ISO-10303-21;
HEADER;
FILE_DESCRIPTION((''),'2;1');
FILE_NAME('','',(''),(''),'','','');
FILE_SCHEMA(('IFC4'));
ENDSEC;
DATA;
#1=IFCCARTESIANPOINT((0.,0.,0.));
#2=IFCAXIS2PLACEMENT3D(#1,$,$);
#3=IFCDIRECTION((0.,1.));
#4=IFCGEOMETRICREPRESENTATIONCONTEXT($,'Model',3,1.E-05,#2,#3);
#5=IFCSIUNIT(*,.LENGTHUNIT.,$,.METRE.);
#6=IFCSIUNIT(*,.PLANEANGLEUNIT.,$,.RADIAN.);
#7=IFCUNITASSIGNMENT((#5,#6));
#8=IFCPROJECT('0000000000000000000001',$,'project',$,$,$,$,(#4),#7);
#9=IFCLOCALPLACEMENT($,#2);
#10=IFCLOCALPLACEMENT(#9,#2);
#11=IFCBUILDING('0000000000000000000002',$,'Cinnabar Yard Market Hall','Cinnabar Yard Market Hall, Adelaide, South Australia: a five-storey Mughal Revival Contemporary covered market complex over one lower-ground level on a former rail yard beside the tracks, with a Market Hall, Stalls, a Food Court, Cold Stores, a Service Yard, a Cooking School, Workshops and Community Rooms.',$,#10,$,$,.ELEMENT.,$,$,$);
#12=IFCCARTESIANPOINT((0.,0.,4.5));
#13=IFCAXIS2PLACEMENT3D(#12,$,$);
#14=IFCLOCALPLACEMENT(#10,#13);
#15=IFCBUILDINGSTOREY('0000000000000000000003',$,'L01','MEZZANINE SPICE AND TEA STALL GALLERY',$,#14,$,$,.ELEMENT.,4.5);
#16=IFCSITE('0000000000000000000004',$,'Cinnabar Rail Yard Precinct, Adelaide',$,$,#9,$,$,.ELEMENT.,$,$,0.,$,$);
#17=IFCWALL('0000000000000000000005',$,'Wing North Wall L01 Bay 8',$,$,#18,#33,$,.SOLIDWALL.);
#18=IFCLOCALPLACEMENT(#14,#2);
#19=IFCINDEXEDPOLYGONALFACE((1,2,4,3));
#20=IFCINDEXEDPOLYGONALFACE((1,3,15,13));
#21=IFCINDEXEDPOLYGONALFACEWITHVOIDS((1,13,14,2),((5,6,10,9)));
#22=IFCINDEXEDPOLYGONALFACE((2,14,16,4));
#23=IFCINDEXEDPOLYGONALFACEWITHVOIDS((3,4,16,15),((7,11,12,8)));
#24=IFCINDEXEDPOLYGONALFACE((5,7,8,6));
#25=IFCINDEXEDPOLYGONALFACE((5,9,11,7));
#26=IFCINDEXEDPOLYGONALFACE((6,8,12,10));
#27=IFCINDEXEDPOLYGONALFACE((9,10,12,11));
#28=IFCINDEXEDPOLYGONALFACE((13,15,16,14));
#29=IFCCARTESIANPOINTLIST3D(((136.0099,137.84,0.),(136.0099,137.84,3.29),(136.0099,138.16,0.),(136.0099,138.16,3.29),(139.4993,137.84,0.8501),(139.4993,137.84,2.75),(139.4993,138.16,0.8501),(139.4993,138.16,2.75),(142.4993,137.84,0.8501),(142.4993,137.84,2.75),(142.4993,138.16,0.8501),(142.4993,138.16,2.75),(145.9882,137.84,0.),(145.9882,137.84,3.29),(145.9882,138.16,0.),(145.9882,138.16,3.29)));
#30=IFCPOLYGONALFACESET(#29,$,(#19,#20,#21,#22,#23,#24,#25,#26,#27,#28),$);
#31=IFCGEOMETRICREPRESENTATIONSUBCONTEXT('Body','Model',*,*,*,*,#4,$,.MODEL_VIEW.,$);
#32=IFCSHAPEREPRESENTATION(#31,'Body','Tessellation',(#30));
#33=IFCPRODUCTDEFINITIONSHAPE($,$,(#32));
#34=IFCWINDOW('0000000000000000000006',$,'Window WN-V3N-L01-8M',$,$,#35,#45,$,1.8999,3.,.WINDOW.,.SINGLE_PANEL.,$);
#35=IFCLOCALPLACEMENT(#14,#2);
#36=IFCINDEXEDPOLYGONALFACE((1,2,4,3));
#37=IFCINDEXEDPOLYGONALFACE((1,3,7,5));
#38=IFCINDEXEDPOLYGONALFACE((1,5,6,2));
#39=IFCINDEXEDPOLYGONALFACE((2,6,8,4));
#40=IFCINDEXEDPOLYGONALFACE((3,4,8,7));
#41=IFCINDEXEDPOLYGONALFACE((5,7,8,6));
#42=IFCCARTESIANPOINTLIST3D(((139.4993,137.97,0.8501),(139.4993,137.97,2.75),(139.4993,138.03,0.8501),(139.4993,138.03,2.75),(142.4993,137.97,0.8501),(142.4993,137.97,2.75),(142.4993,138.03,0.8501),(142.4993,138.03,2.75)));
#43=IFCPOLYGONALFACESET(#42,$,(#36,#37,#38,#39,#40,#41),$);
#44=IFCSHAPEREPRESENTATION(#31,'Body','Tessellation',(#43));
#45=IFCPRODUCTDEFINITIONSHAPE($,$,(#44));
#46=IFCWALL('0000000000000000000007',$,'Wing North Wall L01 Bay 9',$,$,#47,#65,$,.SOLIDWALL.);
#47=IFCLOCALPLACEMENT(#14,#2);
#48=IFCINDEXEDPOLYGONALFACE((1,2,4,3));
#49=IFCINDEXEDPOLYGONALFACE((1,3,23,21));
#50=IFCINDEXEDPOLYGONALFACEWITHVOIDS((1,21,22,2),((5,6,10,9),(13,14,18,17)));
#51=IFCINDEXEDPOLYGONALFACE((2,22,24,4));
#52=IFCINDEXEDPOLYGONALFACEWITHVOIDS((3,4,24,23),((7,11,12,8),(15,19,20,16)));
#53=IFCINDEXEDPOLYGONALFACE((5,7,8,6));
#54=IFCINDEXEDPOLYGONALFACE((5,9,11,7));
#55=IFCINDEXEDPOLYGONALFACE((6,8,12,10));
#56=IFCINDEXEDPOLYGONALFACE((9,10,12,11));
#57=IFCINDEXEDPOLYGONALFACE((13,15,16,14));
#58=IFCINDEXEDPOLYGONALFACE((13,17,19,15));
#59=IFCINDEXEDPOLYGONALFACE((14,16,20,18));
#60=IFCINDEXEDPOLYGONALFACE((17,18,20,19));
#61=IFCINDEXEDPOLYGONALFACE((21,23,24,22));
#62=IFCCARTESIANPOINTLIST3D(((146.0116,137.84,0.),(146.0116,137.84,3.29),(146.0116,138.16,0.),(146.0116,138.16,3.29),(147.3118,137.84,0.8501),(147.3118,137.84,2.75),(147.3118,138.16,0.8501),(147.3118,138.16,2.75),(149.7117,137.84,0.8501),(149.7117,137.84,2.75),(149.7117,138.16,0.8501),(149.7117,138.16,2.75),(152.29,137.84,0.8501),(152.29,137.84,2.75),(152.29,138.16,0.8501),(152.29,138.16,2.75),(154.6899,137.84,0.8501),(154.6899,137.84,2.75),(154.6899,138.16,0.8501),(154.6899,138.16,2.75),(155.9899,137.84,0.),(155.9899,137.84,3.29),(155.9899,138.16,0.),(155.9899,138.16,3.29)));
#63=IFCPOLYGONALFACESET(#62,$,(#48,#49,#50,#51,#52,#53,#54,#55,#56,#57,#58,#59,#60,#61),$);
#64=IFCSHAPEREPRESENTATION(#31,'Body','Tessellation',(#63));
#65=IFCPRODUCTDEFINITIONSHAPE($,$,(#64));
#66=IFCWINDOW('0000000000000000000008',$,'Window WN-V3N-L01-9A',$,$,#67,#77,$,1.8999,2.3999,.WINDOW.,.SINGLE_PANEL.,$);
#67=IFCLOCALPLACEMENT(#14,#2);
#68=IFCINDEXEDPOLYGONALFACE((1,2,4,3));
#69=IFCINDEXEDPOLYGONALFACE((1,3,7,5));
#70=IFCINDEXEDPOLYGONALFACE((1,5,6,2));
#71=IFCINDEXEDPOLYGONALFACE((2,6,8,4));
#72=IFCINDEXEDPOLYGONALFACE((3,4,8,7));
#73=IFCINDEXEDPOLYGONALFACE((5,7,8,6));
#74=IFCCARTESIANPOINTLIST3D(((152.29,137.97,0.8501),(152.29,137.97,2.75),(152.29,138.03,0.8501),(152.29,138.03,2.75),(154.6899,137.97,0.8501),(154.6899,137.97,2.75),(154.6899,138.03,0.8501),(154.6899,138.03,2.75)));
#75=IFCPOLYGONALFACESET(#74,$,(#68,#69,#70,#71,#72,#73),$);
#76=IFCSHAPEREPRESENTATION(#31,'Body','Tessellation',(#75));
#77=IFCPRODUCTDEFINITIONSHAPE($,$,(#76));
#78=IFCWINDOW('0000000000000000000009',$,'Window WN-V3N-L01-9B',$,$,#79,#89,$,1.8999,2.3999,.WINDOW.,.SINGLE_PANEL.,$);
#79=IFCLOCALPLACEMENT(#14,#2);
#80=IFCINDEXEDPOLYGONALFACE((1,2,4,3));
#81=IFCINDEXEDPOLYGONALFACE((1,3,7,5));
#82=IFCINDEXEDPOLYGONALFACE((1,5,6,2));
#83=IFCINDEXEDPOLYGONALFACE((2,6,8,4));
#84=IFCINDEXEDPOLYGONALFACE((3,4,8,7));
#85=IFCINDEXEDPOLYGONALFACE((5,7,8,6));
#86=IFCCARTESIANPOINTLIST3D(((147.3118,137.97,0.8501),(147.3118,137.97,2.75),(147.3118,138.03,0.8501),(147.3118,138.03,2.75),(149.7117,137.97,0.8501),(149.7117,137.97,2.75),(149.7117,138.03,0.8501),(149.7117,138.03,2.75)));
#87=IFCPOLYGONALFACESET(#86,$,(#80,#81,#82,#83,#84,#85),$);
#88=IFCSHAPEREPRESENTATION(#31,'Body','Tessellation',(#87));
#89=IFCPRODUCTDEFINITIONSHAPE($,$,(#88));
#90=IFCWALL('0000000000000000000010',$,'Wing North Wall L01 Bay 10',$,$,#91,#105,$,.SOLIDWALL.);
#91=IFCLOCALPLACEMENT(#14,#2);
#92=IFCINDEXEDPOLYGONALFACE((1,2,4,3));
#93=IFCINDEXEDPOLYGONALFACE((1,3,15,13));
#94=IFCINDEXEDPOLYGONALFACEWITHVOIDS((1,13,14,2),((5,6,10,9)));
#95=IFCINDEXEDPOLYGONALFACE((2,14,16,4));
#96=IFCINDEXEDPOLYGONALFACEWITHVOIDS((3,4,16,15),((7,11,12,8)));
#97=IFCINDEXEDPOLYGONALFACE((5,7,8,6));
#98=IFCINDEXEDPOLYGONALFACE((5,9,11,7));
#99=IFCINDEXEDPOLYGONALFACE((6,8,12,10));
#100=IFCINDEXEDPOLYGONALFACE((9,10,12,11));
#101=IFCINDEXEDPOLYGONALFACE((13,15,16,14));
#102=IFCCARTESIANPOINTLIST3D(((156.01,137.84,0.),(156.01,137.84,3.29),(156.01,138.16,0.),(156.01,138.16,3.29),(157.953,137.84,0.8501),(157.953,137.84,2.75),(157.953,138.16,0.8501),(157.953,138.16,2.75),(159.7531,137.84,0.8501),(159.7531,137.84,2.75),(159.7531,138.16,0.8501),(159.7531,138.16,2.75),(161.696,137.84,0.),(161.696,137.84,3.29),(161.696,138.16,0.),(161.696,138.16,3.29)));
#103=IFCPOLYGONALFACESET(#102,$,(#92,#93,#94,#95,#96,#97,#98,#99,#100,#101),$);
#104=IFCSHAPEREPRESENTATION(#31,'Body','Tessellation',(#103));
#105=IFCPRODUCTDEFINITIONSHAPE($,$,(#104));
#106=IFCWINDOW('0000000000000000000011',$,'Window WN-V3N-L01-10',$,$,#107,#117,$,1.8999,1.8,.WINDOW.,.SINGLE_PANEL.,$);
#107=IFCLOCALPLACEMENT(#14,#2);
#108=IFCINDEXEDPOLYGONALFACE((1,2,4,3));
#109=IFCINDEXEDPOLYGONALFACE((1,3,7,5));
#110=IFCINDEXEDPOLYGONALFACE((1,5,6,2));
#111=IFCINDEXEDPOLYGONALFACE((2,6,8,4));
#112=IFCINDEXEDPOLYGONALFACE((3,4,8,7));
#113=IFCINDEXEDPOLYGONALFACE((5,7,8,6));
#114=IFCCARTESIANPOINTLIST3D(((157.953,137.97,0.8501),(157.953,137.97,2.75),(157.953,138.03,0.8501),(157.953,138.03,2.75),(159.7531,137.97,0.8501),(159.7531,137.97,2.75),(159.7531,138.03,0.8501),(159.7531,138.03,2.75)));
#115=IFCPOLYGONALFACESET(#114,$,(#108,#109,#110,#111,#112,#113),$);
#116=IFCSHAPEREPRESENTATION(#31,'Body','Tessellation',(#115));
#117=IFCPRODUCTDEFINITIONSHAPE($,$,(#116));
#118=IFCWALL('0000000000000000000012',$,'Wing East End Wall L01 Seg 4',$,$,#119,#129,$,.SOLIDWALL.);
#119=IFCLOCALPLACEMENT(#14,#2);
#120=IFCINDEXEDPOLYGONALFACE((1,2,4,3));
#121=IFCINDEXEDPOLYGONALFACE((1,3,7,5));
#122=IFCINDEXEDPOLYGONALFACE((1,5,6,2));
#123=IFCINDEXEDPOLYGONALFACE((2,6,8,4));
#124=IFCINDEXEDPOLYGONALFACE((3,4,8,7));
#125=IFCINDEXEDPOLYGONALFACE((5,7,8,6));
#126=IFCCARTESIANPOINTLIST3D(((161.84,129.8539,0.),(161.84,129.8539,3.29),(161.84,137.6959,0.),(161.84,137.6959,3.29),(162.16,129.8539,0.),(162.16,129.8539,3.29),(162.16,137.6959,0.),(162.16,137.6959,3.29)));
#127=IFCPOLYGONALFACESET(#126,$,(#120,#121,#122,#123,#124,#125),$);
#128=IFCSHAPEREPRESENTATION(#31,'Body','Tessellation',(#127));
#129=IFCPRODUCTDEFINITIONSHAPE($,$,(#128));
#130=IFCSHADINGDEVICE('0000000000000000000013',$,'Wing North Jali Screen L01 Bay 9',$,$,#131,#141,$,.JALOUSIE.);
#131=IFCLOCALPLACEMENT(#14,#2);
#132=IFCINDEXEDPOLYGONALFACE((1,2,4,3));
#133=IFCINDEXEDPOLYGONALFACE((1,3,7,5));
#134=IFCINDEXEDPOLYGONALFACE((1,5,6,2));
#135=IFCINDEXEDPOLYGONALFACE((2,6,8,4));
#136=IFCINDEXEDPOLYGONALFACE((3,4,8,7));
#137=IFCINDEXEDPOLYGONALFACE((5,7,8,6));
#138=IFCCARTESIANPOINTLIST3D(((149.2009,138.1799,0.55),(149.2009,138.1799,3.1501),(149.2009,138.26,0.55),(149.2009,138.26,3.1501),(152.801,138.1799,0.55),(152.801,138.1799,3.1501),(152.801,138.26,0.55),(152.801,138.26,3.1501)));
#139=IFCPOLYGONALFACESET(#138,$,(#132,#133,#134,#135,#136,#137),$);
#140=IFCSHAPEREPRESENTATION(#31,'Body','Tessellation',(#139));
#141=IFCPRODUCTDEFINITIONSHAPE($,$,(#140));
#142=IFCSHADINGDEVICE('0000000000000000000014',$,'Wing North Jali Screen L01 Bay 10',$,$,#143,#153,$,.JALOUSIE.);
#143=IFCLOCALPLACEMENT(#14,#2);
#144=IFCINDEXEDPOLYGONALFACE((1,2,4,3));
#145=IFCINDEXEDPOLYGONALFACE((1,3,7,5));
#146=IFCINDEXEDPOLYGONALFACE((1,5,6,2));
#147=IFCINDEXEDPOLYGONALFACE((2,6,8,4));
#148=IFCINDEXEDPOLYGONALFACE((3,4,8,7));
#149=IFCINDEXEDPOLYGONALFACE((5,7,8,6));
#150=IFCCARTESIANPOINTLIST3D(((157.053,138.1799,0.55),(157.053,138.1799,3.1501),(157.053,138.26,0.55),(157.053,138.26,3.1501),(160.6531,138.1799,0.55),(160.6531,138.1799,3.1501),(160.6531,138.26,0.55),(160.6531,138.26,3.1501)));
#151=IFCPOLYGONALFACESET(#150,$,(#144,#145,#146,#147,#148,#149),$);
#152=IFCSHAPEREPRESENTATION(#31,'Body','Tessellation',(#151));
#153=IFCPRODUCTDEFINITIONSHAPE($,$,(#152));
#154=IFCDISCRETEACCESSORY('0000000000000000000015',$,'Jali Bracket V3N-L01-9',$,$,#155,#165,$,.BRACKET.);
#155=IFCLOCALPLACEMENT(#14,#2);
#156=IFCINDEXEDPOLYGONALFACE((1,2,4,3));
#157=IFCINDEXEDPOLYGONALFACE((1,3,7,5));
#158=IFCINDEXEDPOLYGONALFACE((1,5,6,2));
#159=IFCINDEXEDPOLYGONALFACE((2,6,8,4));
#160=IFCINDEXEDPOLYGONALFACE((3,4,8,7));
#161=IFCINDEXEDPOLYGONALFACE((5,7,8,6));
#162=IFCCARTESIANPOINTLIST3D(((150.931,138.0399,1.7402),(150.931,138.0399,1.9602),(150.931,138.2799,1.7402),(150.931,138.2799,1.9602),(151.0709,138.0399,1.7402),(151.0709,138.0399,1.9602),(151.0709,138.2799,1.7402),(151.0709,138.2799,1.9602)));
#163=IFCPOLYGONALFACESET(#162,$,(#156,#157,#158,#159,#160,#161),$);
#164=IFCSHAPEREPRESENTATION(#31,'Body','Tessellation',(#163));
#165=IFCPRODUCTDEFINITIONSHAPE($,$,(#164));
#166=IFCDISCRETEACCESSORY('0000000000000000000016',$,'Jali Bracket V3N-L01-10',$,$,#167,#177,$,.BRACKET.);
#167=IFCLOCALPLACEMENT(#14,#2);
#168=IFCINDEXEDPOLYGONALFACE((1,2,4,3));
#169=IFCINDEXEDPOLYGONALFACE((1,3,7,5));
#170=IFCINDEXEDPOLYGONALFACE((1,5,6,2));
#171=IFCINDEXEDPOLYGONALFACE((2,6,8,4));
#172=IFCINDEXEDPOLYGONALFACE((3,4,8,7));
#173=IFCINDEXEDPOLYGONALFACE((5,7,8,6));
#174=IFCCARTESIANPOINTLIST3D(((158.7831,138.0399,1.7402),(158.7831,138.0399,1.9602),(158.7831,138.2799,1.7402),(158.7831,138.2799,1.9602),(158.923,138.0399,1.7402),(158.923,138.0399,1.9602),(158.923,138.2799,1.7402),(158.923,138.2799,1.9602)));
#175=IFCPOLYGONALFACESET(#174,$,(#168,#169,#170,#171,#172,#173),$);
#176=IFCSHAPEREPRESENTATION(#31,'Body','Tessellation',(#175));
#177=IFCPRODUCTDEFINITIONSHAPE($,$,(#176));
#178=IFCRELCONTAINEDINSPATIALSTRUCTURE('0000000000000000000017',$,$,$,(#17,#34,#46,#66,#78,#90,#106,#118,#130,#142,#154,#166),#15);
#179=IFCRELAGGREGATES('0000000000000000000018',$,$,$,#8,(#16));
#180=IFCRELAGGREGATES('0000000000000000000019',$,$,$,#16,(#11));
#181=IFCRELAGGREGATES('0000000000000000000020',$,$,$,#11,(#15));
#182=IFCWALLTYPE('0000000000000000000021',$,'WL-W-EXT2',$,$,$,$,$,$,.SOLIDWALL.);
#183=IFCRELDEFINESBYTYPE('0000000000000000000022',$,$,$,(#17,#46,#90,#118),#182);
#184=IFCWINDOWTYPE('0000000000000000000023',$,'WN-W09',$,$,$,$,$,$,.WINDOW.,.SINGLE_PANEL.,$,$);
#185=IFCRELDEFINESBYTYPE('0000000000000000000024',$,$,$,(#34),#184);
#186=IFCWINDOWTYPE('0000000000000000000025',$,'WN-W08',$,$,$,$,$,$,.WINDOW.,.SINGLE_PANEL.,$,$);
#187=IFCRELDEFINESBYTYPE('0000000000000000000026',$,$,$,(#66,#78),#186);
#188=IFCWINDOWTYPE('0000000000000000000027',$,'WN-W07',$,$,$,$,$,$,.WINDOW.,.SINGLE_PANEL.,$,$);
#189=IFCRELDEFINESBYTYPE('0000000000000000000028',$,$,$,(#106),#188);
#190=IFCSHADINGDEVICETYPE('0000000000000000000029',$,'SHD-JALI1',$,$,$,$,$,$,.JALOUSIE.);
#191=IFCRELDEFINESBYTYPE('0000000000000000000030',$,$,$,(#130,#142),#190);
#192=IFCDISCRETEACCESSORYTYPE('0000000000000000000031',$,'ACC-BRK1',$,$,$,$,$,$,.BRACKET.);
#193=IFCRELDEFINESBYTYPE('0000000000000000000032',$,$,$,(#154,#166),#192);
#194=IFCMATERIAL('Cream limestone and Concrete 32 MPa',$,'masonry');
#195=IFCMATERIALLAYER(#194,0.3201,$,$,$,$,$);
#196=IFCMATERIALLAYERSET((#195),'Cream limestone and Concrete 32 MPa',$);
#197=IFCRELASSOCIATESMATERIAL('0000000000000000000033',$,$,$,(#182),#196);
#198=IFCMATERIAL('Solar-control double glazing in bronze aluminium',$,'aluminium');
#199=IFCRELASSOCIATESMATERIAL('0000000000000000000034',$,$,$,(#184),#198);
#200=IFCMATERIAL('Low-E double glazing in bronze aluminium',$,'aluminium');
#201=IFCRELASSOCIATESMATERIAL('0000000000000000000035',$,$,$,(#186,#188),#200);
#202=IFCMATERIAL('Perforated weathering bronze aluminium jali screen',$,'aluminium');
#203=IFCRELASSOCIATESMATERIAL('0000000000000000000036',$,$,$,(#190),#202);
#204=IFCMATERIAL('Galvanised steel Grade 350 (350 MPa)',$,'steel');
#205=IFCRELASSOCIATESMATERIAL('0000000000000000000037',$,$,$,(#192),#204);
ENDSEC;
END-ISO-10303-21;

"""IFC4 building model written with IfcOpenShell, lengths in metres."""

from ifc_helpers import new_model, si_unit, direction, frame, frame_2d, origin, origin_2d_with_axis, place, context, subcontext, project, spatial, rectangle, extrude, material, layer, layer_set, type_object, element, fill, save


model = new_model("IFC4")

# Units and contexts
model_context = context("Model", 3, precision=1e-05, world=origin(), true_north=direction((0.0, 1.0)))
body_context = subcontext(model_context, "Body", "Model", "MODEL_VIEW")
ifc_project = project(units=[si_unit("LENGTHUNIT", "METRE"), si_unit("PLANEANGLEUNIT", "RADIAN")], contexts=[model_context])

# Site, building, storey
site_placement = place(None, origin())
site = spatial("IfcSite", under=ifc_project, at=site_placement, Name="Cinnabar Rail Yard Precinct, Adelaide", CompositionType="ELEMENT", RefElevation=0.0)
building_placement = place(site_placement, origin())
building = spatial("IfcBuilding", under=site, at=building_placement, Name="Cinnabar Yard Market Hall", Description="Cinnabar Yard Market Hall, Adelaide, South Australia: a five-storey Mughal Revival Contemporary covered market complex over one lower-ground level on a former rail yard beside the tracks, with a Market Hall, Stalls, a Food Court, Cold Stores, a Service Yard, a Cooking School, Workshops and Community Rooms.", CompositionType="ELEMENT")
storey_placement = place(building_placement, frame((0.0, 0.0, 4.5)))
storey = spatial("IfcBuildingStorey", under=building, at=storey_placement, Name="L01", Description="MEZZANINE SPICE AND TEA STALL GALLERY", CompositionType="ELEMENT", Elevation=4.5)

# Wall, opening, window
ifc_material_1 = material(Name="Cream limestone and Concrete 32 MPa", Category="masonry")
ifc_layer_1 = layer(ifc_material_1, 0.3201)
ifc_layer_set_1 = layer_set([ifc_layer_1], Name="Cream limestone and Concrete 32 MPa")
wall_type_1 = type_object("IfcWallType", Name="WL-W-EXT2", PredefinedType="SOLIDWALL", material=ifc_layer_set_1)
wall_1_placement = place(storey_placement, frame((145.9883, 138.0, 0.0), z_axis=(0.0, 0.0, 1.0), x_axis=(-1.0, 0.0, 0.0)))
wall_1 = element("IfcWall", 1, at=wall_1_placement, inside=storey, type_object=wall_type_1, Name="Wing North Wall L01 Bay 8", PredefinedType="SOLIDWALL", context=body_context, shape_type="SweptSolid", body=[
    extrude(rectangle(XDim=9.9783, YDim=0.3201, at=frame_2d((4.9893, 0.0), x_axis=(1.0, 0.0))), origin(), (0.0, 0.0, 1.0), 3.29),
])
opening_1_placement = place(wall_1_placement, frame((3.489, 0.0, 0.8501)))
opening_1 = element("IfcOpeningElement", 2, at=opening_1_placement, cuts=wall_1, PredefinedType="OPENING", context=body_context, shape_type="SweptSolid", body=[
    extrude(rectangle(XDim=3.0, YDim=1.8999, at=frame_2d((1.5, 0.95), x_axis=(1.0, 0.0))), frame((0.0, 0.1699, 0.0), z_axis=(0.0, -1.0, 0.0), x_axis=(1.0, 0.0, 0.0)), (0.0, 0.0, 1.0), 0.3401),
])
ifc_material_2 = material(Name="Solar-control double glazing in bronze aluminium", Category="aluminium")
window_type_1 = type_object("IfcWindowType", Name="WN-W09", PartitioningType="SINGLE_PANEL", PredefinedType="WINDOW", material=ifc_material_2)
window_1_placement = place(opening_1_placement, origin())
window_1 = element("IfcWindow", 3, at=window_1_placement, inside=storey, type_object=window_type_1, Name="Window WN-V3N-L01-8M", OverallHeight=1.8999, OverallWidth=3.0, PartitioningType="SINGLE_PANEL", PredefinedType="WINDOW", context=body_context, shape_type="SweptSolid", body=[
    extrude(rectangle(XDim=3.0, YDim=1.8999, at=frame_2d((1.5, 0.95), x_axis=(1.0, 0.0))), frame((0.0, 0.03, 0.0), z_axis=(0.0, -1.0, 0.0), x_axis=(1.0, 0.0, 0.0)), (0.0, 0.0, 1.0), 0.0601),
])
fill(opening_1, window_1)

# Wall, openings, windows
wall_2_placement = place(storey_placement, frame((155.99, 138.0, 0.0), z_axis=(0.0, 0.0, 1.0), x_axis=(-1.0, 0.0, 0.0)))
wall_2 = element("IfcWall", 4, at=wall_2_placement, inside=storey, type_object=wall_type_1, Name="Wing North Wall L01 Bay 9", PredefinedType="SOLIDWALL", context=body_context, shape_type="SweptSolid", body=[
    extrude(rectangle(XDim=9.9783, YDim=0.3201, at=frame_2d((4.9893, 0.0), x_axis=(1.0, 0.0))), origin(), (0.0, 0.0, 1.0), 3.29),
])
opening_2_placement = place(wall_2_placement, frame((1.3, 0.0, 0.8501)))
opening_2 = element("IfcOpeningElement", 5, at=opening_2_placement, cuts=wall_2, PredefinedType="OPENING", context=body_context, shape_type="SweptSolid", body=[
    extrude(rectangle(XDim=2.3999, YDim=1.8999, at=frame_2d((1.2, 0.95), x_axis=(1.0, 0.0))), frame((0.0, 0.1699, 0.0), z_axis=(0.0, -1.0, 0.0), x_axis=(1.0, 0.0, 0.0)), (0.0, 0.0, 1.0), 0.3401),
])
opening_3_placement = place(wall_2_placement, frame((6.2783, 0.0, 0.8501)))
opening_3 = element("IfcOpeningElement", 6, at=opening_3_placement, cuts=wall_2, PredefinedType="OPENING", context=body_context, shape_type="SweptSolid", body=[
    extrude(rectangle(XDim=2.3999, YDim=1.8999, at=frame_2d((1.2, 0.95), x_axis=(1.0, 0.0))), frame((0.0, 0.1699, 0.0), z_axis=(0.0, -1.0, 0.0), x_axis=(1.0, 0.0, 0.0)), (0.0, 0.0, 1.0), 0.3401),
])
ifc_material_3 = material(Name="Low-E double glazing in bronze aluminium", Category="aluminium")
window_type_2 = type_object("IfcWindowType", Name="WN-W08", PartitioningType="SINGLE_PANEL", PredefinedType="WINDOW", material=ifc_material_3)
window_2_placement = place(opening_2_placement, origin())
window_2 = element("IfcWindow", 7, at=window_2_placement, inside=storey, type_object=window_type_2, Name="Window WN-V3N-L01-9A", OverallHeight=1.8999, OverallWidth=2.3999, PartitioningType="SINGLE_PANEL", PredefinedType="WINDOW", context=body_context, shape_type="SweptSolid", body=[
    extrude(rectangle(XDim=2.3999, YDim=1.8999, at=frame_2d((1.2, 0.95), x_axis=(1.0, 0.0))), frame((0.0, 0.03, 0.0), z_axis=(0.0, -1.0, 0.0), x_axis=(1.0, 0.0, 0.0)), (0.0, 0.0, 1.0), 0.0601),
])
fill(opening_2, window_2)
window_3_placement = place(opening_3_placement, origin())
window_3 = element("IfcWindow", 8, at=window_3_placement, inside=storey, type_object=window_type_2, Name="Window WN-V3N-L01-9B", OverallHeight=1.8999, OverallWidth=2.3999, PartitioningType="SINGLE_PANEL", PredefinedType="WINDOW", context=body_context, shape_type="SweptSolid", body=[
    extrude(rectangle(XDim=2.3999, YDim=1.8999, at=frame_2d((1.2, 0.95), x_axis=(1.0, 0.0))), frame((0.0, 0.03, 0.0), z_axis=(0.0, -1.0, 0.0), x_axis=(1.0, 0.0, 0.0)), (0.0, 0.0, 1.0), 0.0601),
])
fill(opening_3, window_3)

# Wall, opening, window
wall_3_placement = place(storey_placement, frame((161.696, 138.0, 0.0), z_axis=(0.0, 0.0, 1.0), x_axis=(-1.0, 0.0, 0.0)))
wall_3 = element("IfcWall", 9, at=wall_3_placement, inside=storey, type_object=wall_type_1, Name="Wing North Wall L01 Bay 10", PredefinedType="SOLIDWALL", context=body_context, shape_type="SweptSolid", body=[
    extrude(rectangle(XDim=5.686, YDim=0.3201, at=frame_2d((2.843, 0.0), x_axis=(1.0, 0.0))), origin(), (0.0, 0.0, 1.0), 3.29),
])
opening_4_placement = place(wall_3_placement, frame((1.9431, 0.0, 0.8501)))
opening_4 = element("IfcOpeningElement", 10, at=opening_4_placement, cuts=wall_3, PredefinedType="OPENING", context=body_context, shape_type="SweptSolid", body=[
    extrude(rectangle(XDim=1.8, YDim=1.8999, at=frame_2d((0.8999, 0.95), x_axis=(1.0, 0.0))), frame((0.0, 0.1699, 0.0), z_axis=(0.0, -1.0, 0.0), x_axis=(1.0, 0.0, 0.0)), (0.0, 0.0, 1.0), 0.3401),
])
window_type_3 = type_object("IfcWindowType", Name="WN-W07", PartitioningType="SINGLE_PANEL", PredefinedType="WINDOW", material=ifc_material_3)
window_4_placement = place(opening_4_placement, origin())
window_4 = element("IfcWindow", 11, at=window_4_placement, inside=storey, type_object=window_type_3, Name="Window WN-V3N-L01-10", OverallHeight=1.8999, OverallWidth=1.8, PartitioningType="SINGLE_PANEL", PredefinedType="WINDOW", context=body_context, shape_type="SweptSolid", body=[
    extrude(rectangle(XDim=1.8, YDim=1.8999, at=frame_2d((0.8999, 0.95), x_axis=(1.0, 0.0))), frame((0.0, 0.03, 0.0), z_axis=(0.0, -1.0, 0.0), x_axis=(1.0, 0.0, 0.0)), (0.0, 0.0, 1.0), 0.0601),
])
fill(opening_4, window_4)

# Wall
wall_4_placement = place(storey_placement, frame((162.0, 129.854, 0.0), z_axis=(0.0, 0.0, 1.0), x_axis=(0.0, 1.0, 0.0)))
element("IfcWall", 12, at=wall_4_placement, inside=storey, type_object=wall_type_1, Name="Wing East End Wall L01 Seg 4", PredefinedType="SOLIDWALL", context=body_context, shape_type="SweptSolid", body=[
    extrude(rectangle(XDim=7.842, YDim=0.3201, at=frame_2d((3.9209, 0.0), x_axis=(1.0, 0.0))), origin(), (0.0, 0.0, 1.0), 3.29),
])

# Shading devices
ifc_material_4 = material(Name="Perforated weathering bronze aluminium jali screen", Category="aluminium")
shading_device_type = type_object("IfcShadingDeviceType", Name="SHD-JALI1", PredefinedType="JALOUSIE", material=ifc_material_4)
for number, where, z_axis, x_axis, name in (
    (13, (151.001, 138.22, 0.55), (0.0, 0.0, 1.0), (1.0, 0.0, 0.0), "Wing North Jali Screen L01 Bay 9"),
    (14, (158.853, 138.22, 0.55), (0.0, 0.0, 1.0), (1.0, 0.0, 0.0), "Wing North Jali Screen L01 Bay 10"),
):
    element("IfcShadingDevice", number, at=place(storey_placement, frame(where, z_axis=z_axis, x_axis=x_axis)), inside=storey, type_object=shading_device_type, Name=name, PredefinedType="JALOUSIE", context=body_context, shape_type="SweptSolid", body=[
        extrude(rectangle(XDim=3.6001, YDim=0.0801, at=origin_2d_with_axis()), origin(), (0.0, 0.0, 1.0), 2.6001),
    ])

# Discrete accessories
ifc_material_5 = material(Name="Galvanised steel Grade 350 (350 MPa)", Category="steel")
discrete_accessory_type = type_object("IfcDiscreteAccessoryType", Name="ACC-BRK1", PredefinedType="BRACKET", material=ifc_material_5)
for number, where, z_axis, x_axis, name in (
    (15, (151.001, 138.1599, 1.7402), (0.0, 0.0, 1.0), (1.0, 0.0, 0.0), "Jali Bracket V3N-L01-9"),
    (16, (158.853, 138.1599, 1.7402), (0.0, 0.0, 1.0), (1.0, 0.0, 0.0), "Jali Bracket V3N-L01-10"),
):
    element("IfcDiscreteAccessory", number, at=place(storey_placement, frame(where, z_axis=z_axis, x_axis=x_axis)), inside=storey, type_object=discrete_accessory_type, Name=name, PredefinedType="BRACKET", context=body_context, shape_type="SweptSolid", body=[
        extrude(rectangle(XDim=0.1399, YDim=0.24, at=origin_2d_with_axis()), origin(), (0.0, 0.0, 1.0), 0.22),
    ])

save(model, "model.ifc")
